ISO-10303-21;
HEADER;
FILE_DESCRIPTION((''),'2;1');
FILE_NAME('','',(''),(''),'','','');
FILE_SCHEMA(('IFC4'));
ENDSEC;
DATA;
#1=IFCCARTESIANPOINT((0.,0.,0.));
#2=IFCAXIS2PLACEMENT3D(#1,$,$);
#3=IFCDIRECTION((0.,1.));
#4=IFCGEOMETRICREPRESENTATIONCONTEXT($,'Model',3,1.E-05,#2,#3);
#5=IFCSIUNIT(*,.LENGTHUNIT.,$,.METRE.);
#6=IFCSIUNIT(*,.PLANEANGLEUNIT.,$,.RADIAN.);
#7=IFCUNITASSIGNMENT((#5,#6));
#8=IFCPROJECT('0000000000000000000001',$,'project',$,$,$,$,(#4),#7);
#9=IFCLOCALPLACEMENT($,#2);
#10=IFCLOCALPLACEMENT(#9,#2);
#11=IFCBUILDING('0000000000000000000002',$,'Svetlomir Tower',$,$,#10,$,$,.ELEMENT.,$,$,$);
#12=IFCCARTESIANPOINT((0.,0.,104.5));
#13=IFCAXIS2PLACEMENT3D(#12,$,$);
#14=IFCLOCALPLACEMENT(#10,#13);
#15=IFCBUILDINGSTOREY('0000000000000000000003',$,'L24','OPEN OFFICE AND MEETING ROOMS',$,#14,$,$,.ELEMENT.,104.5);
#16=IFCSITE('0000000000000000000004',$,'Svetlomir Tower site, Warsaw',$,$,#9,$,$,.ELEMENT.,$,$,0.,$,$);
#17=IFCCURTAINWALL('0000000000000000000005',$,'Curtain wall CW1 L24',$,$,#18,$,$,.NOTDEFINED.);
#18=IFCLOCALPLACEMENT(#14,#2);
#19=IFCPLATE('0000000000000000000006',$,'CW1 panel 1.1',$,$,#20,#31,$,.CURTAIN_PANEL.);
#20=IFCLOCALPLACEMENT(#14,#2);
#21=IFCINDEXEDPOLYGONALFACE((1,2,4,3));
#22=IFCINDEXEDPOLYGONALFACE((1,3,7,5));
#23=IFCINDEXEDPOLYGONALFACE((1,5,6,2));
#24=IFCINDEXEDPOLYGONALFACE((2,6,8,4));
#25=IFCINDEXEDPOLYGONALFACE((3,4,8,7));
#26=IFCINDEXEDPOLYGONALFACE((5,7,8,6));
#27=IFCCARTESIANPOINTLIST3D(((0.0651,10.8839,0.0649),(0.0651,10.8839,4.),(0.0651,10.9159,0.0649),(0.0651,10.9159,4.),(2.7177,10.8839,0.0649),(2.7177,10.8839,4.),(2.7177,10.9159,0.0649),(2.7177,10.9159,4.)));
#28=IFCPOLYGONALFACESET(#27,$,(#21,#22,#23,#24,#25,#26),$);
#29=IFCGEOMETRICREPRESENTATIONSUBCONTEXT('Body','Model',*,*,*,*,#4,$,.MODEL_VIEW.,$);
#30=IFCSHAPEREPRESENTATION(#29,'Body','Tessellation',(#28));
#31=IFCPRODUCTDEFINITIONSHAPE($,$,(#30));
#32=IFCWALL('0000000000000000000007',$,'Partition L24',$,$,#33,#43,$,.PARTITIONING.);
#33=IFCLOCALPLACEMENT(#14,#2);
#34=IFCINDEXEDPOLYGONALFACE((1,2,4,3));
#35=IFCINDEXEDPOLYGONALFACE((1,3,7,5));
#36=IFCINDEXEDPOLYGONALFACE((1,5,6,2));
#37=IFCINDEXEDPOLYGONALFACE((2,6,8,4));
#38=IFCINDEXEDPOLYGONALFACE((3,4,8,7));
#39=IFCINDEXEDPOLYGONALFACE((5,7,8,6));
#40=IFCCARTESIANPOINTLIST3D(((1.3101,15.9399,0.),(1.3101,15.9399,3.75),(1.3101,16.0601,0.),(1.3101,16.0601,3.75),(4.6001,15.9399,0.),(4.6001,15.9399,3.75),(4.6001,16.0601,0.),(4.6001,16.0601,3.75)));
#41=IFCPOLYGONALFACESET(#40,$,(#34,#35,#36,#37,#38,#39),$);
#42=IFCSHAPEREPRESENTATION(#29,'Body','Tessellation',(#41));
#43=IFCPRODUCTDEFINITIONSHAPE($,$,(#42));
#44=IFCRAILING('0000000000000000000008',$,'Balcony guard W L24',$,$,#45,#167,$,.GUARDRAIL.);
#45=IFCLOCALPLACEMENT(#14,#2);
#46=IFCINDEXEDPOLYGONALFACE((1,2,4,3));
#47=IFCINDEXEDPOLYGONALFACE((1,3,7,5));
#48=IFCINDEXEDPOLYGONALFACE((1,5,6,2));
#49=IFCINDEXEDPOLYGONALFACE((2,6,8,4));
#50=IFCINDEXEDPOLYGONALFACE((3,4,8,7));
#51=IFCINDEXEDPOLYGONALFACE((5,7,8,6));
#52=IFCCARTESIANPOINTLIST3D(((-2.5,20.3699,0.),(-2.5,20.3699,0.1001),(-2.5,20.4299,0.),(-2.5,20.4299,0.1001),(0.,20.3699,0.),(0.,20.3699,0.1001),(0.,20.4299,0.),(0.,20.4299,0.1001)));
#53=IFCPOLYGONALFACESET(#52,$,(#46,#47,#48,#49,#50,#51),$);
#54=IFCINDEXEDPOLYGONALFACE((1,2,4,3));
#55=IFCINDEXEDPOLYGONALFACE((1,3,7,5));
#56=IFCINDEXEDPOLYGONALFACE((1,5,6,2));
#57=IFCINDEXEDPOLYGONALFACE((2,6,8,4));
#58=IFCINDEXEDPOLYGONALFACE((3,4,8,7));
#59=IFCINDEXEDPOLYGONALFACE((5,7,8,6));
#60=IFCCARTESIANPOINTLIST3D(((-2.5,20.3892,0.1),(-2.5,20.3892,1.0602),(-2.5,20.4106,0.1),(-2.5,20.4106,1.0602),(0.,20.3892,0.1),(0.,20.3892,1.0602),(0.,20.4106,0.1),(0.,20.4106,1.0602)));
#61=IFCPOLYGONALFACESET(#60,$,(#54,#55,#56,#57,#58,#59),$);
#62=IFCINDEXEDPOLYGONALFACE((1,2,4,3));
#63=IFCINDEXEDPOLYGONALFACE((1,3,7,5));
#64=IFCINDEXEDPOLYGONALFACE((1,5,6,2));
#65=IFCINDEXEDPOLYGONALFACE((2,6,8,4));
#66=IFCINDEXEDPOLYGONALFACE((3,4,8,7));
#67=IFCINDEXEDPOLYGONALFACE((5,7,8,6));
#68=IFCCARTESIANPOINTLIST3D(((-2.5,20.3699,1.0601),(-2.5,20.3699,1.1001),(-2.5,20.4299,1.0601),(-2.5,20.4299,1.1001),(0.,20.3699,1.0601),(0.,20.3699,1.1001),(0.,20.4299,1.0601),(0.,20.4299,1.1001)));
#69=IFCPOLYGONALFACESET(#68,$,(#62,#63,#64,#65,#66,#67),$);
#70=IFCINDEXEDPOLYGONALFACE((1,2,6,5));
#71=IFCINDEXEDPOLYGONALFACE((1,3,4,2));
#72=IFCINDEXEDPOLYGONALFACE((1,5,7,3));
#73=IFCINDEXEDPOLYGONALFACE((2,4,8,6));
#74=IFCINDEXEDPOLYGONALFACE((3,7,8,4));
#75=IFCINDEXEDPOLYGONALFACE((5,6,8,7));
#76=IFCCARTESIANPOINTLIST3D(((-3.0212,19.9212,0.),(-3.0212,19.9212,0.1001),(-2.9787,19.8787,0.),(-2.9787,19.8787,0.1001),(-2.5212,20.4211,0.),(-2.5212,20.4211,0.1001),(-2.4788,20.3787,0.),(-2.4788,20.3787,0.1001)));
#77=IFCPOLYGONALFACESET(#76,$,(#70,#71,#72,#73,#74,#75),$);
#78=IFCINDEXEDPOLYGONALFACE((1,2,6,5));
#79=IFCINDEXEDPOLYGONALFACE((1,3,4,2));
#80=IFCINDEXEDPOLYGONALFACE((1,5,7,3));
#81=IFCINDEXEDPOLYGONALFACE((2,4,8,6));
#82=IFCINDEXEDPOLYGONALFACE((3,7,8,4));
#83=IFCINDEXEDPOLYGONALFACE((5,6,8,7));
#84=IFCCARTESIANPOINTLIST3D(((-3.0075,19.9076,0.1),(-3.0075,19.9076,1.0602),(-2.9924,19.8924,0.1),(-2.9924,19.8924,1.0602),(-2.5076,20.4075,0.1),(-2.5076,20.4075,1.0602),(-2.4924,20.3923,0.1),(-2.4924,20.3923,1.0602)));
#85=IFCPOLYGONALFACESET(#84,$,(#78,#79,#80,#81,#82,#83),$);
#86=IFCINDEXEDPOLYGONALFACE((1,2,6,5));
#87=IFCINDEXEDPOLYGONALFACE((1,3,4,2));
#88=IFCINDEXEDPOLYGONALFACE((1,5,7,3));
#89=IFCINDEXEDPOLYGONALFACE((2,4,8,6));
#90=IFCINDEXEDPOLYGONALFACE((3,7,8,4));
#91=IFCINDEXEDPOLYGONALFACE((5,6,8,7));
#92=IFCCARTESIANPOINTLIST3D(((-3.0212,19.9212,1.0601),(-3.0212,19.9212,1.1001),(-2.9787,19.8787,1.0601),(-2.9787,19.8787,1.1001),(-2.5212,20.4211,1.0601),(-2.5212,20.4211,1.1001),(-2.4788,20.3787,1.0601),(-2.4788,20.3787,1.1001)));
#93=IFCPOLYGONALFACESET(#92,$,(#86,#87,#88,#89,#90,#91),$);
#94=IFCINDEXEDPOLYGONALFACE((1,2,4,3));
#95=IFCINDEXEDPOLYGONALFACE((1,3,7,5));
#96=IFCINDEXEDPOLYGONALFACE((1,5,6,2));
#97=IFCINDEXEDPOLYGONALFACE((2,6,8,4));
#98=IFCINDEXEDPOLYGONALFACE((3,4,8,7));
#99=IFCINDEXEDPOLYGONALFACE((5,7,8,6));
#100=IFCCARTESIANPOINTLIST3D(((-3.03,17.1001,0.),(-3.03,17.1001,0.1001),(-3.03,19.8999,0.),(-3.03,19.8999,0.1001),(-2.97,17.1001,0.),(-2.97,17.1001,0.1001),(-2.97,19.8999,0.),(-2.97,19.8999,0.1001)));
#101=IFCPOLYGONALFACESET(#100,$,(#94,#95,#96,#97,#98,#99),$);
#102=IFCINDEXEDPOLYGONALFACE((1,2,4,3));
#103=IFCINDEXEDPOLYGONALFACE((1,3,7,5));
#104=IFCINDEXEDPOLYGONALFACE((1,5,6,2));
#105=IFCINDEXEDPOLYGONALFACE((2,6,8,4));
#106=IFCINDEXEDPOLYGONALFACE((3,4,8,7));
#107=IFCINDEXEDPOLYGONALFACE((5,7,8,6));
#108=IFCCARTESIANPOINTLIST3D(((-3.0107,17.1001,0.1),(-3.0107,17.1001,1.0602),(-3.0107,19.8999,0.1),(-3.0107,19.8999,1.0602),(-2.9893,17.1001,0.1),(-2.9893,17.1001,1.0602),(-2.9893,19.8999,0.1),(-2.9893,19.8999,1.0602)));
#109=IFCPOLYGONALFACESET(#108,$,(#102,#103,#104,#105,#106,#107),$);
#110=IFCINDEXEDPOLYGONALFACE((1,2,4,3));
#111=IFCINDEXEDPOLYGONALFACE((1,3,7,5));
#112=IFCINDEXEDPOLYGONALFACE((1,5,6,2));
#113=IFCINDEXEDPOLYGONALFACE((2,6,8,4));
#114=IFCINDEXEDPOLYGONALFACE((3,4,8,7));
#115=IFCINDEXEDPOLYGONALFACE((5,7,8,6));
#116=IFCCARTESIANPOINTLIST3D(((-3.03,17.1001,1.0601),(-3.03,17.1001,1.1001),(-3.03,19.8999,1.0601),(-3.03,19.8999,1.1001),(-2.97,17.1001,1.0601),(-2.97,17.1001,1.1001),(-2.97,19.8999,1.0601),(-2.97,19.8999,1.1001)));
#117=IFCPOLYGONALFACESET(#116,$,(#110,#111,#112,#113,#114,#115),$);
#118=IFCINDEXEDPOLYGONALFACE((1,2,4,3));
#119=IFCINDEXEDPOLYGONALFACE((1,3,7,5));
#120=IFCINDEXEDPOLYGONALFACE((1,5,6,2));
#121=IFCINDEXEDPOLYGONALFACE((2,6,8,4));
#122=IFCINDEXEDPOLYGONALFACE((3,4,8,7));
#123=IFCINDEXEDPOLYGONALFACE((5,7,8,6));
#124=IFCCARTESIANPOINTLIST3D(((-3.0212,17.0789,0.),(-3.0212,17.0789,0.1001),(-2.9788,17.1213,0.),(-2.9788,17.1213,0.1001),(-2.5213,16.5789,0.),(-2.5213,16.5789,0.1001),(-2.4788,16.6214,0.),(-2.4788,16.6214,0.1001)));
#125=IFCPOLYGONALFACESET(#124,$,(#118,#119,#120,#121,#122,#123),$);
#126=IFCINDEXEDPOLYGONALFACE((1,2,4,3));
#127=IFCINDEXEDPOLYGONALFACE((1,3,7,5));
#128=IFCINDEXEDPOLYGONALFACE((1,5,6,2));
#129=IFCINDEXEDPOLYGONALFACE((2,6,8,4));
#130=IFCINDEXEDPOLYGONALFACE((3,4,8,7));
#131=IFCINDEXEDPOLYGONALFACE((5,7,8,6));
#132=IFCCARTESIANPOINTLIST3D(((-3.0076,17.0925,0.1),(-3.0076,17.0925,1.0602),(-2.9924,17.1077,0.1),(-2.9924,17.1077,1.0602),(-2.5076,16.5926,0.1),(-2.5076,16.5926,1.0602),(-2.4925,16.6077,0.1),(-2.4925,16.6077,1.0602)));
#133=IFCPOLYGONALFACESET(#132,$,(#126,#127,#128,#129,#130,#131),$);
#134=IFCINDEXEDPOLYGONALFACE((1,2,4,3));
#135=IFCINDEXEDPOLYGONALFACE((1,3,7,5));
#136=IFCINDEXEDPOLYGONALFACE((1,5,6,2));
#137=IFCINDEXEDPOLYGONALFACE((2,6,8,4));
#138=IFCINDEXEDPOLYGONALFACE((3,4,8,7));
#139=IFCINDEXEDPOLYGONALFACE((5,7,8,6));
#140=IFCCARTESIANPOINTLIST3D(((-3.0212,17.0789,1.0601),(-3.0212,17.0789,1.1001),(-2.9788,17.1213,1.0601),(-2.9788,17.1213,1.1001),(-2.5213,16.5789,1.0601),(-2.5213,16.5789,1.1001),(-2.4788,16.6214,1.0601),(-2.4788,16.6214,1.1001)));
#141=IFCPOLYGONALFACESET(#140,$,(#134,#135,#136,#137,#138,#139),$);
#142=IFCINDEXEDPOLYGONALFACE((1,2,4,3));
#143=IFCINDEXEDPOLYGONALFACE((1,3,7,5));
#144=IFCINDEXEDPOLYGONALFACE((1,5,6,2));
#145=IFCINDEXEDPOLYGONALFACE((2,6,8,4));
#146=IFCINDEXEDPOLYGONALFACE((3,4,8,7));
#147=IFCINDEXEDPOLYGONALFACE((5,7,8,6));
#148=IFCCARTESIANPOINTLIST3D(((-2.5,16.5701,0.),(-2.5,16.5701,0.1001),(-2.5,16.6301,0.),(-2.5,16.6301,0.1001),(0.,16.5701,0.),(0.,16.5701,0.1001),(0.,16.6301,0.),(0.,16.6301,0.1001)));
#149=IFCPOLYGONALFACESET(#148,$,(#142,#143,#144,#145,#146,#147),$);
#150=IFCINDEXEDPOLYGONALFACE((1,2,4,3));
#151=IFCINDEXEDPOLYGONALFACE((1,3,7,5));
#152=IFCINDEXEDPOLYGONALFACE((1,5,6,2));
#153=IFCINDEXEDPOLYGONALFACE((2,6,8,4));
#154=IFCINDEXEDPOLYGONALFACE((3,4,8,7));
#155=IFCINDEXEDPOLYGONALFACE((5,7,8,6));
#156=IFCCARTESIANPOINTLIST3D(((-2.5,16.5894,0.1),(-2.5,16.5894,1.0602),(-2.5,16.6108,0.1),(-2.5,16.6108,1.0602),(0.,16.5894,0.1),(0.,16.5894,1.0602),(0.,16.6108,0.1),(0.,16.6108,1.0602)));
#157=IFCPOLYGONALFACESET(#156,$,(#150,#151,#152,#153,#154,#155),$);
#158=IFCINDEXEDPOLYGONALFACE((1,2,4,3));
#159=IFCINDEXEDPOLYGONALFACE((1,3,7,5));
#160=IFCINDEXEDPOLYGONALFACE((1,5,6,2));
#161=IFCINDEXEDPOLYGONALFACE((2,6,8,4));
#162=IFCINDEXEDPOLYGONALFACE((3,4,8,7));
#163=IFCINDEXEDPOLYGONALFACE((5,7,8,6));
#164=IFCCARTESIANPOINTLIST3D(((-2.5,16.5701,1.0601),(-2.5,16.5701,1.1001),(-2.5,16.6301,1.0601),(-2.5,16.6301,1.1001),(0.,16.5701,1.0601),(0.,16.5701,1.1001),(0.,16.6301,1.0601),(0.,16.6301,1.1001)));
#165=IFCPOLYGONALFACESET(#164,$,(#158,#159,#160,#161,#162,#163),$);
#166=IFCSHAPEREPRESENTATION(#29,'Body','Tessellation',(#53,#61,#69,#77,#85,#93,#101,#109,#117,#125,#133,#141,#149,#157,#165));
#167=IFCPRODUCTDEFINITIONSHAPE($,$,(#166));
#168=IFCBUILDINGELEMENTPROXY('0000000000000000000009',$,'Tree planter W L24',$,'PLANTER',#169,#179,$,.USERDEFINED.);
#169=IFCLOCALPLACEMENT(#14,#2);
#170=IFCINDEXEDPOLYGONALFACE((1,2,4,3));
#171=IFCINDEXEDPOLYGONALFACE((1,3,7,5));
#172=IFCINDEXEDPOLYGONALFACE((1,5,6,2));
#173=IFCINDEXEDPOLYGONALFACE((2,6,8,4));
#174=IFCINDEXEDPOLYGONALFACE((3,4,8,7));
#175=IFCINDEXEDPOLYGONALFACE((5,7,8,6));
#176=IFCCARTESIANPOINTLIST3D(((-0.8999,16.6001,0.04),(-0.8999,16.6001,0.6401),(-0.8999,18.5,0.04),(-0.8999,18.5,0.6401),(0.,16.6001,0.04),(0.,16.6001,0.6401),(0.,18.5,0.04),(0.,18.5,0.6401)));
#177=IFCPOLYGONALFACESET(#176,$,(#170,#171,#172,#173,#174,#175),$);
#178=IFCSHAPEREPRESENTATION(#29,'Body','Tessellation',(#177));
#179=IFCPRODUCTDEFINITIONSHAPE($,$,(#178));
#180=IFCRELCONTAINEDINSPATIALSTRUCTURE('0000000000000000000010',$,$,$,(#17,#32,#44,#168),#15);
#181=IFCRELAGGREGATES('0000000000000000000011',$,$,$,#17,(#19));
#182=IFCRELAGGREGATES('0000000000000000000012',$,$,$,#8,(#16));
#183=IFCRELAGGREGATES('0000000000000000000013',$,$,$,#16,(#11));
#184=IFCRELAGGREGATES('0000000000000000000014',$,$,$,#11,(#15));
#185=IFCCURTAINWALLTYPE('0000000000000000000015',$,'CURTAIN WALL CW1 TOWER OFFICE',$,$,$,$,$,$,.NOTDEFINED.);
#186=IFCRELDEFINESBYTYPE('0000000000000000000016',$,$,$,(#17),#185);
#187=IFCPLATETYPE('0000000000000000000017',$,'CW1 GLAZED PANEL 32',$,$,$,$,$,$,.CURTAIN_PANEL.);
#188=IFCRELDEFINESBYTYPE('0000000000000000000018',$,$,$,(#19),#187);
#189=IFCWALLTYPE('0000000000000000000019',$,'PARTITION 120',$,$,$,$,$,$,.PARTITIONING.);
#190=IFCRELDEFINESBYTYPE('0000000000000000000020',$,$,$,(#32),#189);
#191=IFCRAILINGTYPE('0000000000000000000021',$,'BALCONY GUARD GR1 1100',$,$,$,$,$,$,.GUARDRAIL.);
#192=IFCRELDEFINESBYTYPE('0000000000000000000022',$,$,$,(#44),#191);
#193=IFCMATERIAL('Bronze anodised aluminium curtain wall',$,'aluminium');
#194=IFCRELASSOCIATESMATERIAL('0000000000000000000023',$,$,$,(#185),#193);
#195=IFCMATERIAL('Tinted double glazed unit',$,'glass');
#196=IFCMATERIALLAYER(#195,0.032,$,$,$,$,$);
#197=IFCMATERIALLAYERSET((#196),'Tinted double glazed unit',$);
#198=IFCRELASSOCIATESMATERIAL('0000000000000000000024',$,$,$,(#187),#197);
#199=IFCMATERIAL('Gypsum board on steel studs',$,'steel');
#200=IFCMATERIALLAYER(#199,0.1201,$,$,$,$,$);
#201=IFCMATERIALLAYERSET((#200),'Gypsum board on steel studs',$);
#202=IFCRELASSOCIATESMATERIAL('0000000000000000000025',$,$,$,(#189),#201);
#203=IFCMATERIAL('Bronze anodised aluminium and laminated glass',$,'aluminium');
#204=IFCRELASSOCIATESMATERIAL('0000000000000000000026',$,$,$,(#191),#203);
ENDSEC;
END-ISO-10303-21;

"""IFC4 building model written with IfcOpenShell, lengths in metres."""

from ifc_helpers import new_model, si_unit, direction, frame, frame_2d, origin, origin_2d, place, context, subcontext, project, spatial, rectangle, extrude, material, layer, layer_set, type_object, element, aggregate, save


model = new_model("IFC4")

# Units and contexts
model_context = context("Model", 3, precision=1e-05, world=origin(), true_north=direction((0.0, 1.0)))
body_context = subcontext(model_context, "Body", "Model", "MODEL_VIEW")
ifc_project = project(units=[si_unit("LENGTHUNIT", "METRE"), si_unit("PLANEANGLEUNIT", "RADIAN")], contexts=[model_context])

# Site, building, storey
site_placement = place(None, origin())
site = spatial("IfcSite", under=ifc_project, at=site_placement, Name="Svetlomir Tower site, Warsaw", CompositionType="ELEMENT", RefElevation=0.0)
building_placement = place(site_placement, origin())
building = spatial("IfcBuilding", under=site, at=building_placement, Name="Svetlomir Tower", CompositionType="ELEMENT")
storey_placement = place(building_placement, frame((0.0, 0.0, 104.5)))
storey = spatial("IfcBuildingStorey", under=building, at=storey_placement, Name="L24", Description="OPEN OFFICE AND MEETING ROOMS", CompositionType="ELEMENT", Elevation=104.5)

# Shared definitions
ifc_material_1 = material(Name="Bronze anodised aluminium curtain wall", Category="aluminium")
curtain_wall_type = type_object("IfcCurtainWallType", Name="CURTAIN WALL CW1 TOWER OFFICE", PredefinedType="NOTDEFINED", material=ifc_material_1)

# Curtain wall
curtain_wall_1_placement = place(storey_placement, origin())
curtain_wall_1 = element("IfcCurtainWall", 1, at=curtain_wall_1_placement, inside=storey, type_object=curtain_wall_type, Name="Curtain wall CW1 L24", PredefinedType="NOTDEFINED")

# Plate
ifc_material_2 = material(Name="Tinted double glazed unit", Category="glass")
ifc_layer_1 = layer(ifc_material_2, 0.032)
ifc_layer_set_1 = layer_set([ifc_layer_1], Name="Tinted double glazed unit")
plate_type = type_object("IfcPlateType", Name="CW1 GLAZED PANEL 32", PredefinedType="CURTAIN_PANEL", material=ifc_layer_set_1)
plate_1_placement = place(storey_placement, frame((1.3914, 10.8999, 0.0649), z_axis=(0.0, 0.0, 1.0), x_axis=(1.0, 0.0, 0.0)))
plate_1 = element("IfcPlate", 2, at=plate_1_placement, type_object=plate_type, Name="CW1 panel 1.1", PredefinedType="CURTAIN_PANEL", context=body_context, shape_type="SweptSolid", body=[
    extrude(rectangle(XDim=2.6526, YDim=0.032, at=origin_2d()), origin(), (0.0, 0.0, 1.0), 3.9351),
])
aggregate(curtain_wall_1, [plate_1])

# Wall
ifc_material_3 = material(Name="Gypsum board on steel studs", Category="steel")
ifc_layer_2 = layer(ifc_material_3, 0.1201)
ifc_layer_set_2 = layer_set([ifc_layer_2], Name="Gypsum board on steel studs")
wall_type_1 = type_object("IfcWallType", Name="PARTITION 120", PredefinedType="PARTITIONING", material=ifc_layer_set_2)
wall_1_placement = place(storey_placement, frame((1.3101, 16.0, 0.0), z_axis=(0.0, 0.0, 1.0), x_axis=(1.0, 0.0, 0.0)))
element("IfcWall", 3, at=wall_1_placement, inside=storey, type_object=wall_type_1, Name="Partition L24", PredefinedType="PARTITIONING", context=body_context, shape_type="SweptSolid", body=[
    extrude(rectangle(XDim=3.29, YDim=0.1201, at=frame_2d((1.645, 0.0))), origin(), (0.0, 0.0, 1.0), 3.75),
])

# Railing
ifc_material_4 = material(Name="Bronze anodised aluminium and laminated glass", Category="aluminium")
railing_type = type_object("IfcRailingType", Name="BALCONY GUARD GR1 1100", PredefinedType="GUARDRAIL", material=ifc_material_4)
railing_placement = place(storey_placement, frame((0.0, 20.3999, 0.0)))
element("IfcRailing", 4, at=railing_placement, inside=storey, type_object=railing_type, Name="Balcony guard W L24", PredefinedType="GUARDRAIL", context=body_context, shape_type="SweptSolid", body=[
    extrude(rectangle(XDim=0.0601, YDim=0.1001, at=origin_2d()), frame((0.0, 0.0, 0.05), z_axis=(-1.0, 0.0, 0.0), x_axis=(0.0, -1.0, 0.0)), (0.0, 0.0, 1.0), 2.5),
    extrude(rectangle(XDim=0.0215, YDim=0.9602, at=origin_2d()), frame((0.0, 0.0, 0.5801), z_axis=(-1.0, 0.0, 0.0), x_axis=(0.0, -1.0, 0.0)), (0.0, 0.0, 1.0), 2.5),
    extrude(rectangle(XDim=0.0601, YDim=0.04, at=origin_2d()), frame((0.0, 0.0, 1.0801), z_axis=(-1.0, 0.0, 0.0), x_axis=(0.0, -1.0, 0.0)), (0.0, 0.0, 1.0), 2.5),
    extrude(rectangle(XDim=0.0601, YDim=0.1001, at=origin_2d()), frame((-2.5, 0.0, 0.05), z_axis=(-0.707107, -0.707107, 0.0), x_axis=(0.707107, -0.707107, 0.0)), (0.0, 0.0, 1.0), 0.707),
    extrude(rectangle(XDim=0.0215, YDim=0.9602, at=origin_2d()), frame((-2.5, 0.0, 0.5801), z_axis=(-0.707107, -0.707107, 0.0), x_axis=(0.707107, -0.707107, 0.0)), (0.0, 0.0, 1.0), 0.707),
    extrude(rectangle(XDim=0.0601, YDim=0.04, at=origin_2d()), frame((-2.5, 0.0, 1.0801), z_axis=(-0.707107, -0.707107, 0.0), x_axis=(0.707107, -0.707107, 0.0)), (0.0, 0.0, 1.0), 0.707),
    extrude(rectangle(XDim=0.0601, YDim=0.1001, at=origin_2d()), frame((-3.0, -0.5, 0.05), z_axis=(0.0, -1.0, 0.0), x_axis=(1.0, 0.0, 0.0)), (0.0, 0.0, 1.0), 2.7998),
    extrude(rectangle(XDim=0.0215, YDim=0.9602, at=origin_2d()), frame((-3.0, -0.5, 0.5801), z_axis=(0.0, -1.0, 0.0), x_axis=(1.0, 0.0, 0.0)), (0.0, 0.0, 1.0), 2.7998),
    extrude(rectangle(XDim=0.0601, YDim=0.04, at=origin_2d()), frame((-3.0, -0.5, 1.0801), z_axis=(0.0, -1.0, 0.0), x_axis=(1.0, 0.0, 0.0)), (0.0, 0.0, 1.0), 2.7998),
    extrude(rectangle(XDim=0.0601, YDim=0.1001, at=origin_2d()), frame((-3.0, -3.2998, 0.05), z_axis=(0.707107, -0.707107, 0.0), x_axis=(0.707107, 0.707107, 0.0)), (0.0, 0.0, 1.0), 0.707),
    extrude(rectangle(XDim=0.0215, YDim=0.9602, at=origin_2d()), frame((-3.0, -3.2998, 0.5801), z_axis=(0.707107, -0.707107, 0.0), x_axis=(0.707107, 0.707107, 0.0)), (0.0, 0.0, 1.0), 0.707),
    extrude(rectangle(XDim=0.0601, YDim=0.04, at=origin_2d()), frame((-3.0, -3.2998, 1.0801), z_axis=(0.707107, -0.707107, 0.0), x_axis=(0.707107, 0.707107, 0.0)), (0.0, 0.0, 1.0), 0.707),
    extrude(rectangle(XDim=0.0601, YDim=0.1001, at=origin_2d()), frame((-2.5, -3.7998, 0.05), z_axis=(1.0, 0.0, 0.0), x_axis=(0.0, 1.0, 0.0)), (0.0, 0.0, 1.0), 2.5),
    extrude(rectangle(XDim=0.0215, YDim=0.9602, at=origin_2d()), frame((-2.5, -3.7998, 0.5801), z_axis=(1.0, 0.0, 0.0), x_axis=(0.0, 1.0, 0.0)), (0.0, 0.0, 1.0), 2.5),
    extrude(rectangle(XDim=0.0601, YDim=0.04, at=origin_2d()), frame((-2.5, -3.7998, 1.0801), z_axis=(1.0, 0.0, 0.0), x_axis=(0.0, 1.0, 0.0)), (0.0, 0.0, 1.0), 2.5),
])

# Building element proxy
proxy_placement = place(storey_placement, frame((-0.45, 17.55, 0.04), z_axis=(0.0, 0.0, 1.0), x_axis=(1.0, 0.0, 0.0)))
element("IfcBuildingElementProxy", 5, at=proxy_placement, inside=storey, Name="Tree planter W L24", ObjectType="PLANTER", PredefinedType="USERDEFINED", context=body_context, shape_type="SweptSolid", body=[
    extrude(rectangle(XDim=0.8999, YDim=1.8999, at=origin_2d()), origin(), (0.0, 0.0, 1.0), 0.6001),
])

save(model, "model.ifc")
